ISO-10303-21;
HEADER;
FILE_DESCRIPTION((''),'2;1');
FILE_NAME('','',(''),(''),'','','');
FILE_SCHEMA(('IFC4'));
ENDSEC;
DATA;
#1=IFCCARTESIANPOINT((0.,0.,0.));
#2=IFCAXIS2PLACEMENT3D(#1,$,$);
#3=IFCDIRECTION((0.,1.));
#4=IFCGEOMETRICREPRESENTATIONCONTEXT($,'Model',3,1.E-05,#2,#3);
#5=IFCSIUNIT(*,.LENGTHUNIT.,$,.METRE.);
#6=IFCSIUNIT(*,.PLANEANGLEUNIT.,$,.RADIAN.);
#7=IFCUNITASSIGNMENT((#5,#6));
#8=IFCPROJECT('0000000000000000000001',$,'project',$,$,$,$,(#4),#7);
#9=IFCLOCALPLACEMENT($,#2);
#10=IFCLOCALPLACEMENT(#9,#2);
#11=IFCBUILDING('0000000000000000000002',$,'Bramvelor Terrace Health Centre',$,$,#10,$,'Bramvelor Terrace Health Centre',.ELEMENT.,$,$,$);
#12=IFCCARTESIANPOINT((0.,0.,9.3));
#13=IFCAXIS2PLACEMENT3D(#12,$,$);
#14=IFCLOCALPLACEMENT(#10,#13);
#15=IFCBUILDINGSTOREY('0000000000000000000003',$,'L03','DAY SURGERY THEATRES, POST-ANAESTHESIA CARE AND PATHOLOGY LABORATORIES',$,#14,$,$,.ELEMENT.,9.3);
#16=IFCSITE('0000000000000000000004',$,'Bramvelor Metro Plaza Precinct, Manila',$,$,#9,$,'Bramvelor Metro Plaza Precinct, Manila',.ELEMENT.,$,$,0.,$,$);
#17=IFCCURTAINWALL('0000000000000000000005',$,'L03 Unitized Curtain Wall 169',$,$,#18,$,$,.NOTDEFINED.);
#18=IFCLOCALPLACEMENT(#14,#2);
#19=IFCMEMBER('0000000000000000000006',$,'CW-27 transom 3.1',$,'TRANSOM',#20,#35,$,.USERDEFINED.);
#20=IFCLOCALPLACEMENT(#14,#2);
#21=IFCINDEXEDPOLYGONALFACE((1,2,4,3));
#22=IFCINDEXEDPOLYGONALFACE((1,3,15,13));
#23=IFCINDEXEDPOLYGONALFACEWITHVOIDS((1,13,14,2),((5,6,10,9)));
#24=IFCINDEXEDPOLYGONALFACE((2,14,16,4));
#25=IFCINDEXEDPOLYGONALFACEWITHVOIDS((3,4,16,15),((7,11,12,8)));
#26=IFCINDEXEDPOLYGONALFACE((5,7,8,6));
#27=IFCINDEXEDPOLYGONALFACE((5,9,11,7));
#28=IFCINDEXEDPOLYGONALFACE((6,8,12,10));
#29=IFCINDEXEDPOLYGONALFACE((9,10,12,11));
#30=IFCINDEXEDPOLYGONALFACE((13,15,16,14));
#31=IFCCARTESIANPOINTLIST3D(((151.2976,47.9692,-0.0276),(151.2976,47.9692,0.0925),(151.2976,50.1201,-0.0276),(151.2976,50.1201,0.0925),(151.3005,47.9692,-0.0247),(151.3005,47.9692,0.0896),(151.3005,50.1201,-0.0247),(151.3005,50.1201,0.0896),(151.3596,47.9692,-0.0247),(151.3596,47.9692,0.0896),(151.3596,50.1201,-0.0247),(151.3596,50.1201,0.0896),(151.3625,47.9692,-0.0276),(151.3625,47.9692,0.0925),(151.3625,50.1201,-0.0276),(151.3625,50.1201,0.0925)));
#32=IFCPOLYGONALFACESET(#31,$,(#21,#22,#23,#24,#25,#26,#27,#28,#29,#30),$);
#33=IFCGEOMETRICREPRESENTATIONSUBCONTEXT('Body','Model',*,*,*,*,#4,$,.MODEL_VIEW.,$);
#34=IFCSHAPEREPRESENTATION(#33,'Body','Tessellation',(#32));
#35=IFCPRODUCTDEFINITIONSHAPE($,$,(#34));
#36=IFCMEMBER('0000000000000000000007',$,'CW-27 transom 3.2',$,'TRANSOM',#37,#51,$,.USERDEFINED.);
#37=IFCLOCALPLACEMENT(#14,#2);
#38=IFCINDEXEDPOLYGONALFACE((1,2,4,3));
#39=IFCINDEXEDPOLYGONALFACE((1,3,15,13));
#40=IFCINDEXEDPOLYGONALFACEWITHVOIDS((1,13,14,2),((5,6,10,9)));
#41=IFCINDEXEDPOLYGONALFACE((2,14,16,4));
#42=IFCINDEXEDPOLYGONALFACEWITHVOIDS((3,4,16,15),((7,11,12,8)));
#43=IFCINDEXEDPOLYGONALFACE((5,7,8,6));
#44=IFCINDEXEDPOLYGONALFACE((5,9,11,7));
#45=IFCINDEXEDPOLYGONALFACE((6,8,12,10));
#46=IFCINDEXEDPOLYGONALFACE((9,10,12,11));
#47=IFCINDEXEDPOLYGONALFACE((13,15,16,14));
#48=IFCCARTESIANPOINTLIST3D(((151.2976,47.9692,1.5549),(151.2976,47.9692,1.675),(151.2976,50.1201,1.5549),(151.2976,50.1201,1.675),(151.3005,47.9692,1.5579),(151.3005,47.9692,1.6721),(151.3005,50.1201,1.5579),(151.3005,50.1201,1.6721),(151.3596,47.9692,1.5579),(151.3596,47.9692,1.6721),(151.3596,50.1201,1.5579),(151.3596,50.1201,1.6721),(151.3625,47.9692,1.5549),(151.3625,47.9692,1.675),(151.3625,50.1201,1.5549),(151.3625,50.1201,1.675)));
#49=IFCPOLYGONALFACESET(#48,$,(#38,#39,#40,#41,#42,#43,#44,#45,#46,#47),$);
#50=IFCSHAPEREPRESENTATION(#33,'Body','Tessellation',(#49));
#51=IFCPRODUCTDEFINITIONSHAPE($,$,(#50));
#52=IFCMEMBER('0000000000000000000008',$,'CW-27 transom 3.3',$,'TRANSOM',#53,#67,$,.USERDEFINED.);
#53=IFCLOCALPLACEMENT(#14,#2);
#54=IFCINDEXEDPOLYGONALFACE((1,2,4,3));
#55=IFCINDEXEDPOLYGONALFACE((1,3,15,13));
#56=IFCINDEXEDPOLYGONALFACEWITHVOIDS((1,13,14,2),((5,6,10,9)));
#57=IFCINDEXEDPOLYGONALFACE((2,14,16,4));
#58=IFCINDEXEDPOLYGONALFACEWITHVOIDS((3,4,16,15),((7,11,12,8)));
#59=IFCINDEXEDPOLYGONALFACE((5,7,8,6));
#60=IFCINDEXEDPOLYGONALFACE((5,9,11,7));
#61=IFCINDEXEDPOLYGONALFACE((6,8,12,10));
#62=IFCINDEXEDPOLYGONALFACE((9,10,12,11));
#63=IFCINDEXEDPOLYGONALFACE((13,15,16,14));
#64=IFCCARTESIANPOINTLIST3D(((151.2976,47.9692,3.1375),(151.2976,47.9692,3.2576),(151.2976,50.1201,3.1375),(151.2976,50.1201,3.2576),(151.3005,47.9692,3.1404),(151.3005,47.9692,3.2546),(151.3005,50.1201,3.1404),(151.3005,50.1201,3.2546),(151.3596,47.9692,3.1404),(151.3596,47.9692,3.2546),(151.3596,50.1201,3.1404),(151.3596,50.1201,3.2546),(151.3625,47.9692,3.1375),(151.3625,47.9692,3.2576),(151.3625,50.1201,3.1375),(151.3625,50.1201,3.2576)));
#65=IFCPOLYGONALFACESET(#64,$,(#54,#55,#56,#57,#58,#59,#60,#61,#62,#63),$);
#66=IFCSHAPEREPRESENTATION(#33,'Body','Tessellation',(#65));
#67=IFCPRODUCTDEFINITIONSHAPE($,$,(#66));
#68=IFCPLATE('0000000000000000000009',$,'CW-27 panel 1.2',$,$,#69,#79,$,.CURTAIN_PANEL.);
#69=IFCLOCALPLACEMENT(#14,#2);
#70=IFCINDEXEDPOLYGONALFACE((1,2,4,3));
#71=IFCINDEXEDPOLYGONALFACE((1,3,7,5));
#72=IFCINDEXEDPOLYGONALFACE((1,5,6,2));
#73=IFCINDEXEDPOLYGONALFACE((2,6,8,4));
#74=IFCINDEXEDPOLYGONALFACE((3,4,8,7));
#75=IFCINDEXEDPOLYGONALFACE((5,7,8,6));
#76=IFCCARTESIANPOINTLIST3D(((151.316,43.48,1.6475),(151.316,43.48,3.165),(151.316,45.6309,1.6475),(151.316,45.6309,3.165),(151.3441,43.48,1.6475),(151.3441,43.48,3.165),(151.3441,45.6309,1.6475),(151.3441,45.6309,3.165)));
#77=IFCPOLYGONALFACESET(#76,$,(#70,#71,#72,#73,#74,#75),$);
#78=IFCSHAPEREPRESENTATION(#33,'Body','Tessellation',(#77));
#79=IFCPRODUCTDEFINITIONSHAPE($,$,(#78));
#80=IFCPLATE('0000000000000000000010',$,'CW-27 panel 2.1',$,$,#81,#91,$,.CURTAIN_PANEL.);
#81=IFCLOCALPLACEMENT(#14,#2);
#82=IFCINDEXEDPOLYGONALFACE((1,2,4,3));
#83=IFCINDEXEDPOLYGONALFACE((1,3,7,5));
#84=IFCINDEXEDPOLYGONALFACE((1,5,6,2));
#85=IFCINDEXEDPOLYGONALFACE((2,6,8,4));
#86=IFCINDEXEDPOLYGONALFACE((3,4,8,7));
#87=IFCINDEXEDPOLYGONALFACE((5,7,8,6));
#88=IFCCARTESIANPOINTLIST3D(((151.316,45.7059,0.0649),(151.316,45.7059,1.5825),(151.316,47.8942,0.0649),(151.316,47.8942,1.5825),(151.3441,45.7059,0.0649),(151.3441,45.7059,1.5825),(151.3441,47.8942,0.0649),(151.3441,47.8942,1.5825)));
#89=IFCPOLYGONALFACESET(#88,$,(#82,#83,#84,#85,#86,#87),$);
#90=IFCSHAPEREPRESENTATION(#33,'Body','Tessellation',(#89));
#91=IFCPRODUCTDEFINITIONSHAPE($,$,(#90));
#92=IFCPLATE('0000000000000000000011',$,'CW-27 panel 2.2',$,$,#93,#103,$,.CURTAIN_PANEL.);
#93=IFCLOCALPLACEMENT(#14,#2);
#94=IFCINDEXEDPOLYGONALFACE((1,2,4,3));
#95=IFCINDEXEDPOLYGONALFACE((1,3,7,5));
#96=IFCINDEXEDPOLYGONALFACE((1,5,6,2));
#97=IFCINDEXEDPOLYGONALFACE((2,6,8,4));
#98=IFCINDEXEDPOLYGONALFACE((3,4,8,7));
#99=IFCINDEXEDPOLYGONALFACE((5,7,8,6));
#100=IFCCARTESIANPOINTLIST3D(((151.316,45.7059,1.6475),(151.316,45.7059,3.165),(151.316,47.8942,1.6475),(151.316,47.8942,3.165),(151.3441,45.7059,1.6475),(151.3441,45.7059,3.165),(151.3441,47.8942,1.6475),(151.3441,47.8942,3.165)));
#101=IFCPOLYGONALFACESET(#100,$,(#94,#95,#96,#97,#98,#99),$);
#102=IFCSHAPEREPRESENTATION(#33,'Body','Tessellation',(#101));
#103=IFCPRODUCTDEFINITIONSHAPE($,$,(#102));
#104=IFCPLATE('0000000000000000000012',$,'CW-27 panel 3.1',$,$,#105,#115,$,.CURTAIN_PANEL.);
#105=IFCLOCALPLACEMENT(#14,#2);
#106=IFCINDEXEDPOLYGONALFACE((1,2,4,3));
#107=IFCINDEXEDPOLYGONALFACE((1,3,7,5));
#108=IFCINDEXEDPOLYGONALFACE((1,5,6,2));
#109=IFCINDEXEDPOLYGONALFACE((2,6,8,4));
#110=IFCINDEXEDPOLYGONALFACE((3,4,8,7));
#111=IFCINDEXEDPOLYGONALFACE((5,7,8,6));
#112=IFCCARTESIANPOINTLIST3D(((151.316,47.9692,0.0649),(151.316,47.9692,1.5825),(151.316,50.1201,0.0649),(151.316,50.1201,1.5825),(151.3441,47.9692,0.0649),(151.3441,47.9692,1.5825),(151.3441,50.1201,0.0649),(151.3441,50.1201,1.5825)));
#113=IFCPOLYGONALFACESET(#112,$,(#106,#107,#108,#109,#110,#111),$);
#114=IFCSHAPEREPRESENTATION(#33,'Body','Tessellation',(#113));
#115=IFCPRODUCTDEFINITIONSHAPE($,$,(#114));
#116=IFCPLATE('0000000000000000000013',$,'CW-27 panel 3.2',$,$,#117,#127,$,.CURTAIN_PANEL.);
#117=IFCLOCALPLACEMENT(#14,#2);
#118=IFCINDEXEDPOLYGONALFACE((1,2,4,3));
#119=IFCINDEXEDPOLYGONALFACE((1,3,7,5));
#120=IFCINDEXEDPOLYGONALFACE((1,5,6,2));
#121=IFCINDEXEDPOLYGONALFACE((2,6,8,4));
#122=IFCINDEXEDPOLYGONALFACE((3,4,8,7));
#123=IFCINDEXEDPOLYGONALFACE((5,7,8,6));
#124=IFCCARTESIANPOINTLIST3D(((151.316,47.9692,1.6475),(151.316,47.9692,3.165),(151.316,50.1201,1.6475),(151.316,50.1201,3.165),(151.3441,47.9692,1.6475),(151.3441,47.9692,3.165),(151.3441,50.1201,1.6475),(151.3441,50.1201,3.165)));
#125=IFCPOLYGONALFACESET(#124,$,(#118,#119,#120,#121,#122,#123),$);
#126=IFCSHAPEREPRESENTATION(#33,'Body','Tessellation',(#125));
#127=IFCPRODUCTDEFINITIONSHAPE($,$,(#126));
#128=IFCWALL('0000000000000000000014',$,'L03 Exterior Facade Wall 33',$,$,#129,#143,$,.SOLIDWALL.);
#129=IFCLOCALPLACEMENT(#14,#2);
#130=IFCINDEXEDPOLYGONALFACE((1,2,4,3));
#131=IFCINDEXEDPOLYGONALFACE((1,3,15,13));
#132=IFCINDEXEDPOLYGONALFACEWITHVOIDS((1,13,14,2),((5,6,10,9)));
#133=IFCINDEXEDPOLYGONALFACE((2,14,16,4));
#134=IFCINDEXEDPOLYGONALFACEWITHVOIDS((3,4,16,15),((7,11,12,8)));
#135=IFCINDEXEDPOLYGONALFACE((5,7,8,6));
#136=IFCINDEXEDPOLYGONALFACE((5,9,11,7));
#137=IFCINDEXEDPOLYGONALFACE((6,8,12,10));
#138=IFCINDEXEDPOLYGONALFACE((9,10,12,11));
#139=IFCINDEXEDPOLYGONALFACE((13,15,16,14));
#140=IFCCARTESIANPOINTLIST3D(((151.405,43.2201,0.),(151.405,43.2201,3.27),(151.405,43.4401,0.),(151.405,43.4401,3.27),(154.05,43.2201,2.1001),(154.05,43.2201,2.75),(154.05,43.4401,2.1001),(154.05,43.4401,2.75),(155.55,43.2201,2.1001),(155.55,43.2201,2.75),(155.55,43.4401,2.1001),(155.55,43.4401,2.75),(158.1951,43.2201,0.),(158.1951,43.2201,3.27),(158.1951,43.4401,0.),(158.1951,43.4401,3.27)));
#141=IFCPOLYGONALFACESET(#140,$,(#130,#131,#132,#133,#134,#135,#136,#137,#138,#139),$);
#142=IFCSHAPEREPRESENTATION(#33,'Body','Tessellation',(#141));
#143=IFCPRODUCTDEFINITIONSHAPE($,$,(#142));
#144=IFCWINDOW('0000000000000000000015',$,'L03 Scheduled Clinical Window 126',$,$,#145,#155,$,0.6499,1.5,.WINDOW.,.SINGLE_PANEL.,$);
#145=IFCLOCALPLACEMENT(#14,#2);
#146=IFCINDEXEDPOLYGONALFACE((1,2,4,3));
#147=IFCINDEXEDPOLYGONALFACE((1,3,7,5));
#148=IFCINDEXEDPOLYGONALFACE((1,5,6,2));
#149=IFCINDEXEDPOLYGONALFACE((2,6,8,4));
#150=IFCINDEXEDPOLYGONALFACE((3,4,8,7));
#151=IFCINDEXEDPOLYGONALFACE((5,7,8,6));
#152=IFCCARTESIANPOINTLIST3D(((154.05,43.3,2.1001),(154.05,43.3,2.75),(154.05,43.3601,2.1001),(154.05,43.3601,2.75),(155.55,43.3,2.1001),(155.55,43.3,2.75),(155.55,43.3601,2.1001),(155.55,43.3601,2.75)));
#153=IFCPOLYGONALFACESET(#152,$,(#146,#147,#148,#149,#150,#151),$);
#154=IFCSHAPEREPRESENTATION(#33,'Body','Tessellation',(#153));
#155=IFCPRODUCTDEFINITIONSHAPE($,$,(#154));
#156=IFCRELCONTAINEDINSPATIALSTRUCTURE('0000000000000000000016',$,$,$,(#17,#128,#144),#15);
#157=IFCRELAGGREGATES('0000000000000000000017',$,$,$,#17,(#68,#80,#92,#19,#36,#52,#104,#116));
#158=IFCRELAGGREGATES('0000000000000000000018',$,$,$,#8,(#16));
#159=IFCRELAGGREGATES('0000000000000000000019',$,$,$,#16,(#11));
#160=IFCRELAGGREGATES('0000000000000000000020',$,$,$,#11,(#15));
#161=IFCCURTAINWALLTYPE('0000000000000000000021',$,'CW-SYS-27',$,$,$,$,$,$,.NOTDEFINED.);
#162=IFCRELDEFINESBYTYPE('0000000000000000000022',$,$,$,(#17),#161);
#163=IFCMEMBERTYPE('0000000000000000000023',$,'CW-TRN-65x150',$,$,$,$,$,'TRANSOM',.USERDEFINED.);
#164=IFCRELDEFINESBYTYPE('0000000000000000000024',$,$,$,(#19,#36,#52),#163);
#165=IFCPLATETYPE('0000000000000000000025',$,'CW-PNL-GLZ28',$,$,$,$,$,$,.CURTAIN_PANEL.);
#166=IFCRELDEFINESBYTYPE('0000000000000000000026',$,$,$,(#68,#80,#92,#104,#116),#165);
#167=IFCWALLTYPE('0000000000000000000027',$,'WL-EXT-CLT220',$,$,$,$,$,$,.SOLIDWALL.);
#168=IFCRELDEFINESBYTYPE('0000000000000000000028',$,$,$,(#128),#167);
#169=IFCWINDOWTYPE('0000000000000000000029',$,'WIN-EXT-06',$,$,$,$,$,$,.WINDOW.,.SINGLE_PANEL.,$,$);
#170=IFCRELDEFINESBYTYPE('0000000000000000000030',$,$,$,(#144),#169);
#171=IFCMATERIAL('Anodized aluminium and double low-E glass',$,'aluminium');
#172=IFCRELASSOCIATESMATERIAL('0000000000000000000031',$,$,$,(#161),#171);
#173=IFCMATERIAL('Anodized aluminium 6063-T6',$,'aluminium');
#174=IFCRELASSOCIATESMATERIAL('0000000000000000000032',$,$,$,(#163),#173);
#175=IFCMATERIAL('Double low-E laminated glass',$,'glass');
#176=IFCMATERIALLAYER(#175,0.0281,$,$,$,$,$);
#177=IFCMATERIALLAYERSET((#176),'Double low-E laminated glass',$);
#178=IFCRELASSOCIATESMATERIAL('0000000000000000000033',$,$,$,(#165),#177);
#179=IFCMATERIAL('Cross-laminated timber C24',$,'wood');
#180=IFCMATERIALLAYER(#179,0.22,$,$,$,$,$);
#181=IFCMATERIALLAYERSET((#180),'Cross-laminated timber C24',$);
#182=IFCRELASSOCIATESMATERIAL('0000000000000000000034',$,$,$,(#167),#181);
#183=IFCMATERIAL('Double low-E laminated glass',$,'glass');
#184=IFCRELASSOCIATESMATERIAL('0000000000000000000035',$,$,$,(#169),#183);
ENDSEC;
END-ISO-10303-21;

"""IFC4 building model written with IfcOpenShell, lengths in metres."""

from ifc_helpers import new_model, si_unit, direction, frame, frame_2d, origin, origin_2d, place, context, subcontext, project, spatial, rectangle, hollow_rectangle, extrude, material, layer, layer_set, material_profile, profile_set, type_object, element, fill, aggregate, save


model = new_model("IFC4")

# Units and contexts
model_context = context("Model", 3, precision=1e-05, world=origin(), true_north=direction((0.0, 1.0)))
body_context = subcontext(model_context, "Body", "Model", "MODEL_VIEW")
ifc_project = project(units=[si_unit("LENGTHUNIT", "METRE"), si_unit("PLANEANGLEUNIT", "RADIAN")], contexts=[model_context])

# Site, building, storey
site_placement = place(None, origin())
site = spatial("IfcSite", under=ifc_project, at=site_placement, Name="Bramvelor Metro Plaza Precinct, Manila", LongName="Bramvelor Metro Plaza Precinct, Manila", CompositionType="ELEMENT", RefElevation=0.0)
building_placement = place(site_placement, origin())
building = spatial("IfcBuilding", under=site, at=building_placement, Name="Bramvelor Terrace Health Centre", LongName="Bramvelor Terrace Health Centre", CompositionType="ELEMENT")
storey_placement = place(building_placement, frame((0.0, 0.0, 9.3)))
storey = spatial("IfcBuildingStorey", under=building, at=storey_placement, Name="L03", Description="DAY SURGERY THEATRES, POST-ANAESTHESIA CARE AND PATHOLOGY LABORATORIES", CompositionType="ELEMENT", Elevation=9.3)

# Curtain wall, members, plates
ifc_material_1 = material(Name="Anodized aluminium and double low-E glass", Category="aluminium")
curtain_wall_type = type_object("IfcCurtainWallType", Name="CW-SYS-27", PredefinedType="NOTDEFINED", material=ifc_material_1)
curtain_wall_placement = place(storey_placement, origin())
curtain_wall = element("IfcCurtainWall", 1, at=curtain_wall_placement, inside=storey, type_object=curtain_wall_type, Name="L03 Unitized Curtain Wall 169", PredefinedType="NOTDEFINED")
ifc_material_2 = material(Name="Anodized aluminium 6063-T6", Category="aluminium")
ifc_material_profile_1 = material_profile(ifc_material_2, hollow_rectangle(XDim=0.0649, YDim=0.1201, WallThickness=0.0029, at=origin_2d()), Name="ALU-TRN 65x120x3.0")
ifc_profile_set_1 = profile_set([ifc_material_profile_1], Name="Anodized aluminium 6063-T6")
member_type_1 = type_object("IfcMemberType", Name="CW-TRN-65x150", ElementType="TRANSOM", PredefinedType="USERDEFINED", material=ifc_profile_set_1)
member_1_placement = place(storey_placement, frame((151.3301, 47.9692, 0.0325), z_axis=(0.0, 1.0, 0.0), x_axis=(-1.0, 0.0, 0.0)))
member_1 = element("IfcMember", 2, at=member_1_placement, type_object=member_type_1, Name="CW-27 transom 3.1", ObjectType="TRANSOM", PredefinedType="USERDEFINED", context=body_context, shape_type="SweptSolid", body=[
    extrude(hollow_rectangle(XDim=0.0649, YDim=0.1201, WallThickness=0.0029, at=origin_2d()), origin(), (0.0, 0.0, 1.0), 2.1509),
])
member_2_placement = place(storey_placement, frame((151.3301, 47.9692, 1.615), z_axis=(0.0, 1.0, 0.0), x_axis=(-1.0, 0.0, 0.0)))
member_2 = element("IfcMember", 3, at=member_2_placement, type_object=member_type_1, Name="CW-27 transom 3.2", ObjectType="TRANSOM", PredefinedType="USERDEFINED", context=body_context, shape_type="SweptSolid", body=[
    extrude(hollow_rectangle(XDim=0.0649, YDim=0.1201, WallThickness=0.0029, at=origin_2d()), origin(), (0.0, 0.0, 1.0), 2.1509),
])
member_3_placement = place(storey_placement, frame((151.3301, 47.9692, 3.1975), z_axis=(0.0, 1.0, 0.0), x_axis=(-1.0, 0.0, 0.0)))
member_3 = element("IfcMember", 4, at=member_3_placement, type_object=member_type_1, Name="CW-27 transom 3.3", ObjectType="TRANSOM", PredefinedType="USERDEFINED", context=body_context, shape_type="SweptSolid", body=[
    extrude(hollow_rectangle(XDim=0.0649, YDim=0.1201, WallThickness=0.0029, at=origin_2d()), origin(), (0.0, 0.0, 1.0), 2.1509),
])
ifc_material_3 = material(Name="Double low-E laminated glass", Category="glass")
ifc_layer_1 = layer(ifc_material_3, 0.0281)
ifc_layer_set_1 = layer_set([ifc_layer_1], Name="Double low-E laminated glass")
plate_type = type_object("IfcPlateType", Name="CW-PNL-GLZ28", PredefinedType="CURTAIN_PANEL", material=ifc_layer_set_1)
plate_1_placement = place(storey_placement, frame((151.3301, 44.5554, 1.6475), z_axis=(0.0, 0.0, 1.0), x_axis=(0.0, 1.0, 0.0)))
plate_1 = element("IfcPlate", 5, at=plate_1_placement, type_object=plate_type, Name="CW-27 panel 1.2", PredefinedType="CURTAIN_PANEL", context=body_context, shape_type="SweptSolid", body=[
    extrude(rectangle(XDim=2.1509, YDim=0.0281, at=origin_2d()), origin(), (0.0, 0.0, 1.0), 1.5176),
])
plate_2_placement = place(storey_placement, frame((151.3301, 46.8, 0.0649), z_axis=(0.0, 0.0, 1.0), x_axis=(0.0, 1.0, 0.0)))
plate_2 = element("IfcPlate", 6, at=plate_2_placement, type_object=plate_type, Name="CW-27 panel 2.1", PredefinedType="CURTAIN_PANEL", context=body_context, shape_type="SweptSolid", body=[
    extrude(rectangle(XDim=2.1882, YDim=0.0281, at=origin_2d()), origin(), (0.0, 0.0, 1.0), 1.5176),
])
plate_3_placement = place(storey_placement, frame((151.3301, 46.8, 1.6475), z_axis=(0.0, 0.0, 1.0), x_axis=(0.0, 1.0, 0.0)))
plate_3 = element("IfcPlate", 7, at=plate_3_placement, type_object=plate_type, Name="CW-27 panel 2.2", PredefinedType="CURTAIN_PANEL", context=body_context, shape_type="SweptSolid", body=[
    extrude(rectangle(XDim=2.1882, YDim=0.0281, at=origin_2d()), origin(), (0.0, 0.0, 1.0), 1.5176),
])
plate_4_placement = place(storey_placement, frame((151.3301, 49.0447, 0.0649), z_axis=(0.0, 0.0, 1.0), x_axis=(0.0, 1.0, 0.0)))
plate_4 = element("IfcPlate", 8, at=plate_4_placement, type_object=plate_type, Name="CW-27 panel 3.1", PredefinedType="CURTAIN_PANEL", context=body_context, shape_type="SweptSolid", body=[
    extrude(rectangle(XDim=2.1509, YDim=0.0281, at=origin_2d()), origin(), (0.0, 0.0, 1.0), 1.5176),
])
plate_5_placement = place(storey_placement, frame((151.3301, 49.0447, 1.6475), z_axis=(0.0, 0.0, 1.0), x_axis=(0.0, 1.0, 0.0)))
plate_5 = element("IfcPlate", 9, at=plate_5_placement, type_object=plate_type, Name="CW-27 panel 3.2", PredefinedType="CURTAIN_PANEL", context=body_context, shape_type="SweptSolid", body=[
    extrude(rectangle(XDim=2.1509, YDim=0.0281, at=origin_2d()), origin(), (0.0, 0.0, 1.0), 1.5176),
])
aggregate(curtain_wall, [plate_1, plate_2, plate_3, member_1, member_2, member_3, plate_4, plate_5])

# Wall, opening, window
ifc_material_4 = material(Name="Cross-laminated timber C24", Category="wood")
ifc_layer_2 = layer(ifc_material_4, 0.22)
ifc_layer_set_2 = layer_set([ifc_layer_2], Name="Cross-laminated timber C24")
wall_type = type_object("IfcWallType", Name="WL-EXT-CLT220", PredefinedType="SOLIDWALL", material=ifc_layer_set_2)
wall_placement = place(storey_placement, frame((158.1951, 43.3301, 0.0), z_axis=(0.0, 0.0, 1.0), x_axis=(-1.0, 0.0, 0.0)))
wall = element("IfcWall", 10, at=wall_placement, inside=storey, type_object=wall_type, Name="L03 Exterior Facade Wall 33", PredefinedType="SOLIDWALL", context=body_context, shape_type="SweptSolid", body=[
    extrude(rectangle(XDim=6.79, YDim=0.22, at=frame_2d((3.395, 0.0))), origin(), (0.0, 0.0, 1.0), 3.27),
])
opening_placement = place(wall_placement, frame((2.645, 0.0, 2.1001)))
opening = element("IfcOpeningElement", 11, at=opening_placement, cuts=wall, PredefinedType="OPENING", context=body_context, shape_type="SweptSolid", body=[
    extrude(rectangle(XDim=1.5, YDim=0.6499, at=frame_2d((0.75, 0.325))), frame((0.0, 0.1199, 0.0), z_axis=(0.0, -1.0, 0.0), x_axis=(1.0, 0.0, 0.0)), (0.0, 0.0, 1.0), 0.24),
])
ifc_material_5 = material(Name="Double low-E laminated glass", Category="glass")
window_type = type_object("IfcWindowType", Name="WIN-EXT-06", PartitioningType="SINGLE_PANEL", PredefinedType="WINDOW", material=ifc_material_5)
window_placement = place(opening_placement, origin())
window = element("IfcWindow", 12, at=window_placement, inside=storey, type_object=window_type, Name="L03 Scheduled Clinical Window 126", OverallHeight=0.6499, OverallWidth=1.5, PartitioningType="SINGLE_PANEL", PredefinedType="WINDOW", context=body_context, shape_type="SweptSolid", body=[
    extrude(rectangle(XDim=1.5, YDim=0.6499, at=frame_2d((0.75, 0.325))), frame((0.0, 0.03, 0.0), z_axis=(0.0, -1.0, 0.0), x_axis=(1.0, 0.0, 0.0)), (0.0, 0.0, 1.0), 0.0601),
])
fill(opening, window)

save(model, "model.ifc")
